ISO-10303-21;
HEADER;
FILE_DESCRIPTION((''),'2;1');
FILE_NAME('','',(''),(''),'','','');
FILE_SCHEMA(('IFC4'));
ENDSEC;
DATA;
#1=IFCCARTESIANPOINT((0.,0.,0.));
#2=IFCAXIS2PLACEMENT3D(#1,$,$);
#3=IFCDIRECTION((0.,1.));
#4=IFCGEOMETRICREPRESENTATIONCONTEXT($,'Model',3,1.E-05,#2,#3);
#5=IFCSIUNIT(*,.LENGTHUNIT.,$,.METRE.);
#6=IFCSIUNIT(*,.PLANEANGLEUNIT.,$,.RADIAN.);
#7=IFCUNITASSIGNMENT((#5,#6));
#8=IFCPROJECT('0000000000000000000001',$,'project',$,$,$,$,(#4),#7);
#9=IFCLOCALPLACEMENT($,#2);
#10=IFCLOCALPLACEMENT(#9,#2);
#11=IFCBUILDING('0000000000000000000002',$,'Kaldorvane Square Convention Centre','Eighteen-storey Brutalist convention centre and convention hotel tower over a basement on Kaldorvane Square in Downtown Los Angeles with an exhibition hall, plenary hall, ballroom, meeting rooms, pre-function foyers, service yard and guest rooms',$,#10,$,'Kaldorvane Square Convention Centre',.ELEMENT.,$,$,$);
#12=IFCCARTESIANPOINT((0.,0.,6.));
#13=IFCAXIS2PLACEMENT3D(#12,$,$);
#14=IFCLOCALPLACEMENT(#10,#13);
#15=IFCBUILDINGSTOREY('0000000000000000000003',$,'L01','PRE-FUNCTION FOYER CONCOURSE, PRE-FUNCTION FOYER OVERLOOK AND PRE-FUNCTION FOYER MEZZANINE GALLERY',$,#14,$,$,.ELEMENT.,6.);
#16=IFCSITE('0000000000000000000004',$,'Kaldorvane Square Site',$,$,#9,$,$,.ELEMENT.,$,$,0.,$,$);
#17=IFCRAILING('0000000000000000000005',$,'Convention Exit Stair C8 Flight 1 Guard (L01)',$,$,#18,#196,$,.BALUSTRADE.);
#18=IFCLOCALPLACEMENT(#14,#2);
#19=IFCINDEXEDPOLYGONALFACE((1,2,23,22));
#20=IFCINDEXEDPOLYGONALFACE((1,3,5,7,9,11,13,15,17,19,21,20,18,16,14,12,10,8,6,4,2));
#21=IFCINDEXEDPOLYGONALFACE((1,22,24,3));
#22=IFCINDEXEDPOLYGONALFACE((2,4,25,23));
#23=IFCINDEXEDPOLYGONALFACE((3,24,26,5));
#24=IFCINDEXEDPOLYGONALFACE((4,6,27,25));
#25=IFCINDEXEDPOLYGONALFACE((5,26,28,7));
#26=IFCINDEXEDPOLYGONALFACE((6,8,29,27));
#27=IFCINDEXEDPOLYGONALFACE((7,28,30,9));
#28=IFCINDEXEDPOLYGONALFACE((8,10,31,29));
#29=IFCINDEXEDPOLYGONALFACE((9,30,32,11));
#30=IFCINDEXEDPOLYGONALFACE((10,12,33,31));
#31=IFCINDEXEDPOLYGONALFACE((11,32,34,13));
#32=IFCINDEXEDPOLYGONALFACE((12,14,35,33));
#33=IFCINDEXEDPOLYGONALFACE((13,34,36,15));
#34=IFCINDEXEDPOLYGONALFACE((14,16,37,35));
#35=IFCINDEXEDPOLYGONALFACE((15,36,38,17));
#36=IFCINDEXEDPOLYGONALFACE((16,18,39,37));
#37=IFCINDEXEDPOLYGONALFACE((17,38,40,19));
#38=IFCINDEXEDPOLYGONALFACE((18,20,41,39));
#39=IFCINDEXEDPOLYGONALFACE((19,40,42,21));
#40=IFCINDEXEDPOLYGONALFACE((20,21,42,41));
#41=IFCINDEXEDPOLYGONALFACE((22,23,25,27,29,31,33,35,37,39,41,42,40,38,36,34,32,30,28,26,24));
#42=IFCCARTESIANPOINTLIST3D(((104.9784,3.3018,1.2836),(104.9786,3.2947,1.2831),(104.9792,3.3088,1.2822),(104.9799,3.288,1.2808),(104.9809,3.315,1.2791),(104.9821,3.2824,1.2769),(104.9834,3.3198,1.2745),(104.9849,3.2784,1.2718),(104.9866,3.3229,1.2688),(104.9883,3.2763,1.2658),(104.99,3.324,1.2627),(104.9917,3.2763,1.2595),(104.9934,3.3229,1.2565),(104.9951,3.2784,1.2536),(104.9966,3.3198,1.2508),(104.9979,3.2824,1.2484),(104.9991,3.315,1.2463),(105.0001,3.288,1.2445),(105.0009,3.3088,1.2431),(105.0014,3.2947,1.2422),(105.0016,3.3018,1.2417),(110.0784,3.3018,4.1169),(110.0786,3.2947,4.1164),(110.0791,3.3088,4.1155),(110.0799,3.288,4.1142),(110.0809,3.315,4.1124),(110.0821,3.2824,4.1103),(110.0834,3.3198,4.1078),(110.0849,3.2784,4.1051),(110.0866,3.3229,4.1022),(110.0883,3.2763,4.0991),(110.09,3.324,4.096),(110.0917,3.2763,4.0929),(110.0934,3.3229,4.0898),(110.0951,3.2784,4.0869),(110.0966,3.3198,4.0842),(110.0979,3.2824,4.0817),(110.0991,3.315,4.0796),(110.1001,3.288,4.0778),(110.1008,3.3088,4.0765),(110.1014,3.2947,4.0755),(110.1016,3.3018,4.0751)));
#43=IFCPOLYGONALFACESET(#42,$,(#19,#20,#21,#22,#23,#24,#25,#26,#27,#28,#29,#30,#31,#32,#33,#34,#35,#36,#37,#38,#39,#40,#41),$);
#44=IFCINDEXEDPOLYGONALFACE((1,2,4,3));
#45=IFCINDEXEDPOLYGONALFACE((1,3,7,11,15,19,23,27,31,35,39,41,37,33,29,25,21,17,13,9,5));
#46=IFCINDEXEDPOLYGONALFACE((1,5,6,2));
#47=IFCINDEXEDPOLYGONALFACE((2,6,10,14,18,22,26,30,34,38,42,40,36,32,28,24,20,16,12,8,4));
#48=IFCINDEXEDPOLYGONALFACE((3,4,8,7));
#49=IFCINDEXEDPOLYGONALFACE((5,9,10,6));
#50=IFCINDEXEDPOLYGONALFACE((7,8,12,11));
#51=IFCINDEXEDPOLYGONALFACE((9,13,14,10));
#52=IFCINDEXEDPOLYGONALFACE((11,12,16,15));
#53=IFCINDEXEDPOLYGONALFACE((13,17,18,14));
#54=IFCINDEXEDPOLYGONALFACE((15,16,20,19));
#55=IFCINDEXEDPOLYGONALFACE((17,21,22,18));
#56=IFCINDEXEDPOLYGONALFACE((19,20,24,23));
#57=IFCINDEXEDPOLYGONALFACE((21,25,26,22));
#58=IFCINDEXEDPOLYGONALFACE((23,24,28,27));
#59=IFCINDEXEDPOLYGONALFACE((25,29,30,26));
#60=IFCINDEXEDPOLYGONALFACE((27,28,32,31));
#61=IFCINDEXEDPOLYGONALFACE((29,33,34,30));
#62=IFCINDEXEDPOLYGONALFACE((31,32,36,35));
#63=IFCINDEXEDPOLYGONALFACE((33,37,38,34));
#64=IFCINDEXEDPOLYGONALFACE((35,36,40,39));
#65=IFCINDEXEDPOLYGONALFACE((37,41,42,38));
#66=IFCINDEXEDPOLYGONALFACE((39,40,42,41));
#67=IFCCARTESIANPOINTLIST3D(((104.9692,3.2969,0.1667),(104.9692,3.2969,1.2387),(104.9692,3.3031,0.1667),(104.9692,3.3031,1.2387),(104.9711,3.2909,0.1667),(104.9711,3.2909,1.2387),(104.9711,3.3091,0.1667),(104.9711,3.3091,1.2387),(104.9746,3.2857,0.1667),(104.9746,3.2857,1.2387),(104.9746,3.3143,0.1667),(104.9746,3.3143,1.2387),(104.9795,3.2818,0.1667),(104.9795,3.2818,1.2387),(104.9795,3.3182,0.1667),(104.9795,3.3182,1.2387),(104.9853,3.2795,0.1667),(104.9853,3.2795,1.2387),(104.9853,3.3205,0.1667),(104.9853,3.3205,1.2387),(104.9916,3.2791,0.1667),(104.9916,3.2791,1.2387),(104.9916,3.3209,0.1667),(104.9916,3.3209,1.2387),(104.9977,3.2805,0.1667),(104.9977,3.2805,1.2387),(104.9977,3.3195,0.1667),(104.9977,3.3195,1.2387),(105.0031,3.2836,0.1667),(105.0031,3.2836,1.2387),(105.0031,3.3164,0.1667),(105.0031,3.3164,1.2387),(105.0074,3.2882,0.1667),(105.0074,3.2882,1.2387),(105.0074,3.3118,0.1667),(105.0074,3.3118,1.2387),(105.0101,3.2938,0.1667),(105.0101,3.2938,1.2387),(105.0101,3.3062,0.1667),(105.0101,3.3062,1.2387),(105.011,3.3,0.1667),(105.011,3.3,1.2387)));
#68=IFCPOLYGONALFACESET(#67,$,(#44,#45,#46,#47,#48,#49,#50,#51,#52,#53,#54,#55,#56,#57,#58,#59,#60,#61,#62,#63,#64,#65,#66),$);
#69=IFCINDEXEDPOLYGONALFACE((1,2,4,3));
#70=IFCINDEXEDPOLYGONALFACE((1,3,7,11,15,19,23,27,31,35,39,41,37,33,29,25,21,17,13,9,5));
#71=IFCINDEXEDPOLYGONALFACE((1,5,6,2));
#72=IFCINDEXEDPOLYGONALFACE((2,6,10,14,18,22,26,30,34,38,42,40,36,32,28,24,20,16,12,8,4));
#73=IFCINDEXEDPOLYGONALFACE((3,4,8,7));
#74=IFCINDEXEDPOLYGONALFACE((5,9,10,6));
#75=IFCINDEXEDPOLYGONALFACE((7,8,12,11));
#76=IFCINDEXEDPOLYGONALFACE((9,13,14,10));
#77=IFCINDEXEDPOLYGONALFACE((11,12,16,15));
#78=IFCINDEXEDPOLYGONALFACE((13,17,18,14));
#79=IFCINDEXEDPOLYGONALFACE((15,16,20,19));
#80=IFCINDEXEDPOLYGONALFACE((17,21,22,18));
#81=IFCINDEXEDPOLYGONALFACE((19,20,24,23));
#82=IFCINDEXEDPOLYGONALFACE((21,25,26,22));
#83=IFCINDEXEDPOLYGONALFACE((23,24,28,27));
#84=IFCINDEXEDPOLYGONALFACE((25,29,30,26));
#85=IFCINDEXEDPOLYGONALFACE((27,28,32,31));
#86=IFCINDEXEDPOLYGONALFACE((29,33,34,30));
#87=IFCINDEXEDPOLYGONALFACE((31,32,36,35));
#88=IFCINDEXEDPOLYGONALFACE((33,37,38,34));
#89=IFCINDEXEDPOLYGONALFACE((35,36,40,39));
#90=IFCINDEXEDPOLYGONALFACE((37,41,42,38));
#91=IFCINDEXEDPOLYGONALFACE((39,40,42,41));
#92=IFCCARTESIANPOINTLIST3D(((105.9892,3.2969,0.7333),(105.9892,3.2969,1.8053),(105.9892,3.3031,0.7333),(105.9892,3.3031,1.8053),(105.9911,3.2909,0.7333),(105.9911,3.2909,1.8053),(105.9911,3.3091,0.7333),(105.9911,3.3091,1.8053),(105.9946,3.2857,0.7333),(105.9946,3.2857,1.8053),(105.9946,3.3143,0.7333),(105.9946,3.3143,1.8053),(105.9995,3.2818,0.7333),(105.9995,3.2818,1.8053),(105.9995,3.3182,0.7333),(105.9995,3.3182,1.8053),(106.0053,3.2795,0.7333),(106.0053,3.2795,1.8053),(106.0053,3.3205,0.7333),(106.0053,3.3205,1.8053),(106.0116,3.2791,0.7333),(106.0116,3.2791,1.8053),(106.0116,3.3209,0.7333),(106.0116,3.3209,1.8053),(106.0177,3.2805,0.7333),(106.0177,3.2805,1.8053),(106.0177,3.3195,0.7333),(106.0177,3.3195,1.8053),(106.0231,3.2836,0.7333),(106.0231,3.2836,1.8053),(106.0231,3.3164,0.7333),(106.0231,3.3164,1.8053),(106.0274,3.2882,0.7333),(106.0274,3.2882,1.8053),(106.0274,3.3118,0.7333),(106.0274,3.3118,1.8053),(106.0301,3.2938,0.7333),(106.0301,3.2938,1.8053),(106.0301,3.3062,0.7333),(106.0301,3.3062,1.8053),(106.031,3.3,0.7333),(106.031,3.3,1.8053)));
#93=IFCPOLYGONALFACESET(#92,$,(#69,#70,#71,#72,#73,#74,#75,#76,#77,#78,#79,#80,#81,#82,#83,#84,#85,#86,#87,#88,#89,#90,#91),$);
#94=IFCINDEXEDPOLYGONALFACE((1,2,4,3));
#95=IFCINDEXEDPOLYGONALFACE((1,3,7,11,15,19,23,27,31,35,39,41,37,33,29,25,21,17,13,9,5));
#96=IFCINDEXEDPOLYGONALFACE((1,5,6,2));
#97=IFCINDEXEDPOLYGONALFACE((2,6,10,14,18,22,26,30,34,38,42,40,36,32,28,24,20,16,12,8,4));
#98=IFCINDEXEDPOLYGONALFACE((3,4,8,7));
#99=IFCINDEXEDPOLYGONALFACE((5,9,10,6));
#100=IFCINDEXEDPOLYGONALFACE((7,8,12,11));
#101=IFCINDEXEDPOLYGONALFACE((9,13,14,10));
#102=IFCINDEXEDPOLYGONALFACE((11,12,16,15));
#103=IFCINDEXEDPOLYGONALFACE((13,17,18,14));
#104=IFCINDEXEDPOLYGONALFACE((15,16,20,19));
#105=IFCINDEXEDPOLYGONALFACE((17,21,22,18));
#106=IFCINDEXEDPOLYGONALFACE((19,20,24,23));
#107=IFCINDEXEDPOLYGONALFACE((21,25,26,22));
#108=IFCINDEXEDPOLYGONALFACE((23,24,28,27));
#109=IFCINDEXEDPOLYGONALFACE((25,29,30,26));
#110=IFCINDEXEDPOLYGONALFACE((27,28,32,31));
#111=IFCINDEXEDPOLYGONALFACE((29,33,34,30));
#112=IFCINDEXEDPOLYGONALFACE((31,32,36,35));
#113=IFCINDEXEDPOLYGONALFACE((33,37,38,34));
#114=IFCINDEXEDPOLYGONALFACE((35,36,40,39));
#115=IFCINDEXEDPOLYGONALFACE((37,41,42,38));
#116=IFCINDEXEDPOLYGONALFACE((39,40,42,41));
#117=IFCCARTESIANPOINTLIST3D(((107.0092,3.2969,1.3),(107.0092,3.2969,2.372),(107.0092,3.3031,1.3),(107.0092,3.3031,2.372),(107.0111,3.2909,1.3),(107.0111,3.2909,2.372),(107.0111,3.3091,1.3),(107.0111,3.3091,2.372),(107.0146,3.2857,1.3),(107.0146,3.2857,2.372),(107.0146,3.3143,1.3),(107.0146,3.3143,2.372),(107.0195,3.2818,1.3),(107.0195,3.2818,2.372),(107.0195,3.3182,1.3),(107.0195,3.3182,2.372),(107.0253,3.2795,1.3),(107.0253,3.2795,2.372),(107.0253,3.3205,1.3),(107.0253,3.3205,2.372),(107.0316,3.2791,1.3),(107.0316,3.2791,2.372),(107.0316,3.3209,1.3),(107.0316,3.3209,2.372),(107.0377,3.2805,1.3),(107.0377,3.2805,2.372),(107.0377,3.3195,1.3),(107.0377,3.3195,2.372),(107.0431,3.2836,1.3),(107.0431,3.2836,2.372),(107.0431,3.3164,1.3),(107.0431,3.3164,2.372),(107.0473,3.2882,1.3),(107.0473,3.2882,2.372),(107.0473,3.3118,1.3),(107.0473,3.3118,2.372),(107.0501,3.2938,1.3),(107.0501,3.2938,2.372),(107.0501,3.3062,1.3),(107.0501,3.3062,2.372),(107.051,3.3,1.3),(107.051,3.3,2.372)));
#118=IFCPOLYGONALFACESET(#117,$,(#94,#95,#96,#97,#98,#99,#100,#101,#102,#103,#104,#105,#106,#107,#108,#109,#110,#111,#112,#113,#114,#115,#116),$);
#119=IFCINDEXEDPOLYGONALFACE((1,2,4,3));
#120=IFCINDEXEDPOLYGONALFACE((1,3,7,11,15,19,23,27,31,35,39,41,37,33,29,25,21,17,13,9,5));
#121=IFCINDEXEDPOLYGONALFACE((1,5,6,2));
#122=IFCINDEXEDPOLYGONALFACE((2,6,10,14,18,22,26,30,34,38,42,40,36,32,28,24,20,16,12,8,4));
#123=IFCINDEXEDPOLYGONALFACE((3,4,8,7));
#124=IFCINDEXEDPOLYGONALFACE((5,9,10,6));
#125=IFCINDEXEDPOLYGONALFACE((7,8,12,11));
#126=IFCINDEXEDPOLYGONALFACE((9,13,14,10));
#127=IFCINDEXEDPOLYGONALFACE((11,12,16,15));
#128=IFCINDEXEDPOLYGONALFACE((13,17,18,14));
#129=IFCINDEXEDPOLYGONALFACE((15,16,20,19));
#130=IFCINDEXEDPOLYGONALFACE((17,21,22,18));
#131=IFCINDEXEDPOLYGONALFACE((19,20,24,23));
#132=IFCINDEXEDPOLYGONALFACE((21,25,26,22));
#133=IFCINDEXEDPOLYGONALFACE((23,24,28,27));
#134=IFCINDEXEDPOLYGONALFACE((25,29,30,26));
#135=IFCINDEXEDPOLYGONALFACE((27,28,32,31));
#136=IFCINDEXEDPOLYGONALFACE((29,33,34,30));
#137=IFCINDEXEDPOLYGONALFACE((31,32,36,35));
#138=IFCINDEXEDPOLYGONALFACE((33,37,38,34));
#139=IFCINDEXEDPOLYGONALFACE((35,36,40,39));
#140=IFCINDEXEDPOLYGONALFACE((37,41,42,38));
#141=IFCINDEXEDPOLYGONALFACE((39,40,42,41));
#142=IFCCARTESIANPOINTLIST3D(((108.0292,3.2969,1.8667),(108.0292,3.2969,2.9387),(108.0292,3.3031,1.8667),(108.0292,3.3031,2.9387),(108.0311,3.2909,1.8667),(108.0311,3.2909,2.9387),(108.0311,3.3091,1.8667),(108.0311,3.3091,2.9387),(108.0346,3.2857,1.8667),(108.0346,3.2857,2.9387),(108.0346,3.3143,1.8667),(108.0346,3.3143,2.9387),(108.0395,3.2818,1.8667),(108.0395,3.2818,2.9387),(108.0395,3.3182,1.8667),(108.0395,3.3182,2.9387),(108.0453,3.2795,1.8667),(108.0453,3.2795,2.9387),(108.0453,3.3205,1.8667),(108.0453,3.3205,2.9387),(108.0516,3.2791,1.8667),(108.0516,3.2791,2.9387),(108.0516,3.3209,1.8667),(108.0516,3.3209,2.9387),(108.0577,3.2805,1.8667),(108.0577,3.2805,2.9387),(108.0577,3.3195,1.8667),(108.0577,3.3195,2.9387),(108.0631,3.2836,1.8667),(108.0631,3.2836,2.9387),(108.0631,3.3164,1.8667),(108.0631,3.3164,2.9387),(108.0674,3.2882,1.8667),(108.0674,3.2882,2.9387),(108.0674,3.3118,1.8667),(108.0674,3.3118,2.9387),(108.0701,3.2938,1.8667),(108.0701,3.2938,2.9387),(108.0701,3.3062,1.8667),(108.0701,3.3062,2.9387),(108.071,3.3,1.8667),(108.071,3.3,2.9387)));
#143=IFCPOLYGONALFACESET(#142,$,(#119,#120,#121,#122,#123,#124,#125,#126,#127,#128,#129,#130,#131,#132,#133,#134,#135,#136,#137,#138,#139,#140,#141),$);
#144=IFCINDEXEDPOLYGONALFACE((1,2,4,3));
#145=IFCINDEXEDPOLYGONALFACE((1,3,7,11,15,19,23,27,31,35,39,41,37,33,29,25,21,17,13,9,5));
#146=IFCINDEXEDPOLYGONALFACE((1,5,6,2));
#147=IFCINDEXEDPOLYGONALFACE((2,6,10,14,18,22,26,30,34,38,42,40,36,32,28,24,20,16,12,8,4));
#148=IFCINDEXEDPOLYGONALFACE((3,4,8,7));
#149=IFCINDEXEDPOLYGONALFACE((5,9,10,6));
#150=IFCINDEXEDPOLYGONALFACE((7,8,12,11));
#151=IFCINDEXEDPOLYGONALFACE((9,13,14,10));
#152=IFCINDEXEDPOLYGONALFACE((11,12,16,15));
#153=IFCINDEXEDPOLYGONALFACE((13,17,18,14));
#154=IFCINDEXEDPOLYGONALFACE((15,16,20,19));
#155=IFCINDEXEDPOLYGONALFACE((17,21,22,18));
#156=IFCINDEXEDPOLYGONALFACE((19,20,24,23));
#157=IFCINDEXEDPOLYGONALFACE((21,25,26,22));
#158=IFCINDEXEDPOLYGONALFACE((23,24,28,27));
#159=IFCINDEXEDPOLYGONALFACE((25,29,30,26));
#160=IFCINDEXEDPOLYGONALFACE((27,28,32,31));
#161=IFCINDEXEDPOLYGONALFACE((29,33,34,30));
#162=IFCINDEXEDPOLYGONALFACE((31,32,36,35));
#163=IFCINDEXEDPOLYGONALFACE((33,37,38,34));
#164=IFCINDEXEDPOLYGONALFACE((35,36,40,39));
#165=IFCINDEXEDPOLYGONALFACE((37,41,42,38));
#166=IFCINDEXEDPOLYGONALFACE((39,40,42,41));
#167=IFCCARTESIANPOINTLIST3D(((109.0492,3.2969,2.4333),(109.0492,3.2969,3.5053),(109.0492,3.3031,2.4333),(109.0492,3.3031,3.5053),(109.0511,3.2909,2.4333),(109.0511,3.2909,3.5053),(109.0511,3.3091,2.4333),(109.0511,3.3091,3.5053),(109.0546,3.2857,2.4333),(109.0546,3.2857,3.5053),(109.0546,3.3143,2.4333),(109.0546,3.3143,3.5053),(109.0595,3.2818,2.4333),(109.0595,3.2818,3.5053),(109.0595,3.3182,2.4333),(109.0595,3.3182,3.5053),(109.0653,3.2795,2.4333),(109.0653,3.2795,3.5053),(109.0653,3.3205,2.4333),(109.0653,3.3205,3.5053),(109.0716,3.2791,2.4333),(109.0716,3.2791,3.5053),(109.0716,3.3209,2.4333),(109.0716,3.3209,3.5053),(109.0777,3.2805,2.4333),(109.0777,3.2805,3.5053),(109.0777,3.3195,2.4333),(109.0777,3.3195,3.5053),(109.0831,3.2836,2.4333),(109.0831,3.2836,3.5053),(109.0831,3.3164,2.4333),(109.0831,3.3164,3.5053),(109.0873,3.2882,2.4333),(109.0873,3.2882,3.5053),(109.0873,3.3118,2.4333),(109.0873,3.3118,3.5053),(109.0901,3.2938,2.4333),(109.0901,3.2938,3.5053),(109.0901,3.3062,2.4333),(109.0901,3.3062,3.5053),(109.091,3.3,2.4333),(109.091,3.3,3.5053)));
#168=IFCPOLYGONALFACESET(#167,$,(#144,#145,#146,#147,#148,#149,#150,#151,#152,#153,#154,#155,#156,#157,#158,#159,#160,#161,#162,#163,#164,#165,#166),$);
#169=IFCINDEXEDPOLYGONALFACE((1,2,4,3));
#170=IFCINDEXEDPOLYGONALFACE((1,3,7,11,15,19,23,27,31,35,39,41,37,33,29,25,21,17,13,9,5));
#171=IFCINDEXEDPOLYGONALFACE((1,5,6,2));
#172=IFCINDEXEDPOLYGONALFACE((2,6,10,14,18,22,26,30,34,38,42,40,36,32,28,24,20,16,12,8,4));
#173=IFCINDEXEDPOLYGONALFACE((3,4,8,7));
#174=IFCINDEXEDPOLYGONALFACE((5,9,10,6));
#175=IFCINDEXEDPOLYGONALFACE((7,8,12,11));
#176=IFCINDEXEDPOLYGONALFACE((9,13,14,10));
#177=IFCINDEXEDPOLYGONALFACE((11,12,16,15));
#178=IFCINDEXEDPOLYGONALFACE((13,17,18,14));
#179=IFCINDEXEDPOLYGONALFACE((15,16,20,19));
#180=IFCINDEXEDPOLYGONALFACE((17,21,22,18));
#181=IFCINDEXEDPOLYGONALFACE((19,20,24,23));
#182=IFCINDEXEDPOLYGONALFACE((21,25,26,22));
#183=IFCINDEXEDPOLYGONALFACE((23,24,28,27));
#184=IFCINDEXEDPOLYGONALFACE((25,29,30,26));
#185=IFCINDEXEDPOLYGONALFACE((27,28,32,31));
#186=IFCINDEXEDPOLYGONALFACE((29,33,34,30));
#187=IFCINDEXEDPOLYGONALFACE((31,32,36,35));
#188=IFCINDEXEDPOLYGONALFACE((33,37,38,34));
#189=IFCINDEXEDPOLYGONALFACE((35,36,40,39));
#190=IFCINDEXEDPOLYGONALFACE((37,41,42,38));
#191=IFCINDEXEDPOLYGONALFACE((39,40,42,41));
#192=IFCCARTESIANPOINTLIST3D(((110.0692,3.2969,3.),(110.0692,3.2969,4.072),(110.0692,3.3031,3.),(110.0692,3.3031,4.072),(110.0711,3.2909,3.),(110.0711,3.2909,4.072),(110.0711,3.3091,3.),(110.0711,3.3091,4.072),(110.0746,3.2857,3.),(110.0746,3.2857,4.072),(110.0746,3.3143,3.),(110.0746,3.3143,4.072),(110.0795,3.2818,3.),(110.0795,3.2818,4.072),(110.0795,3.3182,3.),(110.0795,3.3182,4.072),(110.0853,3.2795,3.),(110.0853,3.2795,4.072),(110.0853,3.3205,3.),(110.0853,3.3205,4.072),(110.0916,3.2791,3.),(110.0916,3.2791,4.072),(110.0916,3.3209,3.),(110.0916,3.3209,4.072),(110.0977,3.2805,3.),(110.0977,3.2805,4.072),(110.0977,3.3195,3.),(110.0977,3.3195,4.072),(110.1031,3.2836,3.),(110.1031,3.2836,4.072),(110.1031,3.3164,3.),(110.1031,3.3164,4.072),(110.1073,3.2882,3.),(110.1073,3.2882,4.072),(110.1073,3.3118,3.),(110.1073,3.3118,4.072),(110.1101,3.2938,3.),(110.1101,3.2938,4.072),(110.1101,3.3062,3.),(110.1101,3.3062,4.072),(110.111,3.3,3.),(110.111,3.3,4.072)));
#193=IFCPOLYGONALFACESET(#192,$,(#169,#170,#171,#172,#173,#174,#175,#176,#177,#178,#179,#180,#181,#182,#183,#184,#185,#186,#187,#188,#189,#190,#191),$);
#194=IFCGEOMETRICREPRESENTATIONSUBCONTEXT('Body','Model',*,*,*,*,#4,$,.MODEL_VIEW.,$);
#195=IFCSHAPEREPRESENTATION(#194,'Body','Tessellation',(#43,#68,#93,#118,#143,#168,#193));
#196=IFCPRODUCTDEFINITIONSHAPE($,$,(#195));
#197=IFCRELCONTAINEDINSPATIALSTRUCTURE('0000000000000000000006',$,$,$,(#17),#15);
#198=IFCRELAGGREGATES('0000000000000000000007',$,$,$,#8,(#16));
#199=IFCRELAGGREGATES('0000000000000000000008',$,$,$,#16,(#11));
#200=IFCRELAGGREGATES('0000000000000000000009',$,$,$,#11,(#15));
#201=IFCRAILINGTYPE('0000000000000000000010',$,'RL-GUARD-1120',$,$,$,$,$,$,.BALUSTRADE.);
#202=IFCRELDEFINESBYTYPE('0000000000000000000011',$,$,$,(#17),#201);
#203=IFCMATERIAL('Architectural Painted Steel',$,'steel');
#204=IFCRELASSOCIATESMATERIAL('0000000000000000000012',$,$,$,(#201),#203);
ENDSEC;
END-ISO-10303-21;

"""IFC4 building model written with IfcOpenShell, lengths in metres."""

from ifc_helpers import new_model, si_unit, direction, frame, origin, origin_2d, place, context, subcontext, project, spatial, circle, extrude, material, type_object, element, save


model = new_model("IFC4")

# Units and contexts
model_context = context("Model", 3, precision=1e-05, world=origin(), true_north=direction((0.0, 1.0)))
body_context = subcontext(model_context, "Body", "Model", "MODEL_VIEW")
ifc_project = project(units=[si_unit("LENGTHUNIT", "METRE"), si_unit("PLANEANGLEUNIT", "RADIAN")], contexts=[model_context])

# Site, building, storey
site_placement = place(None, origin())
site = spatial("IfcSite", under=ifc_project, at=site_placement, Name="Kaldorvane Square Site", CompositionType="ELEMENT", RefElevation=0.0)
building_placement = place(site_placement, origin())
building = spatial("IfcBuilding", under=site, at=building_placement, Name="Kaldorvane Square Convention Centre", Description="Eighteen-storey Brutalist convention centre and convention hotel tower over a basement on Kaldorvane Square in Downtown Los Angeles with an exhibition hall, plenary hall, ballroom, meeting rooms, pre-function foyers, service yard and guest rooms", LongName="Kaldorvane Square Convention Centre", CompositionType="ELEMENT")
storey_placement = place(building_placement, frame((0.0, 0.0, 6.0)))
storey = spatial("IfcBuildingStorey", under=building, at=storey_placement, Name="L01", Description="PRE-FUNCTION FOYER CONCOURSE, PRE-FUNCTION FOYER OVERLOOK AND PRE-FUNCTION FOYER MEZZANINE GALLERY", CompositionType="ELEMENT", Elevation=6.0)

# Railing
ifc_material_1 = material(Name="Architectural Painted Steel", Category="steel")
railing_type_1 = type_object("IfcRailingType", Name="RL-GUARD-1120", PredefinedType="BALUSTRADE", material=ifc_material_1)
railing_1_placement = place(storey_placement, frame((104.99, 3.3, 0.1667)))
element("IfcRailing", 1, at=railing_1_placement, inside=storey, type_object=railing_type_1, Name="Convention Exit Stair C8 Flight 1 Guard (L01)", PredefinedType="BALUSTRADE", context=body_context, shape_type="SweptSolid", body=[
    extrude(circle(Radius=0.024, at=origin_2d()), frame((0.0, 0.0, 1.096), z_axis=(0.874157, 0.0, 0.485643), x_axis=(0.0, 1.0, 0.0)), (0.0, 0.0, 1.0), 5.8342),
    extrude(circle(Radius=0.021, at=origin_2d()), origin(), (0.0, 0.0, 1.0), 1.072),
    extrude(circle(Radius=0.021, at=origin_2d()), frame((1.02, 0.0, 0.5667)), (0.0, 0.0, 1.0), 1.072),
    extrude(circle(Radius=0.021, at=origin_2d()), frame((2.04, 0.0, 1.1333)), (0.0, 0.0, 1.0), 1.072),
    extrude(circle(Radius=0.021, at=origin_2d()), frame((3.06, 0.0, 1.7)), (0.0, 0.0, 1.0), 1.072),
    extrude(circle(Radius=0.021, at=origin_2d()), frame((4.08, 0.0, 2.2667)), (0.0, 0.0, 1.0), 1.072),
    extrude(circle(Radius=0.021, at=origin_2d()), frame((5.1, 0.0, 2.8333)), (0.0, 0.0, 1.0), 1.072),
])

save(model, "model.ifc")
